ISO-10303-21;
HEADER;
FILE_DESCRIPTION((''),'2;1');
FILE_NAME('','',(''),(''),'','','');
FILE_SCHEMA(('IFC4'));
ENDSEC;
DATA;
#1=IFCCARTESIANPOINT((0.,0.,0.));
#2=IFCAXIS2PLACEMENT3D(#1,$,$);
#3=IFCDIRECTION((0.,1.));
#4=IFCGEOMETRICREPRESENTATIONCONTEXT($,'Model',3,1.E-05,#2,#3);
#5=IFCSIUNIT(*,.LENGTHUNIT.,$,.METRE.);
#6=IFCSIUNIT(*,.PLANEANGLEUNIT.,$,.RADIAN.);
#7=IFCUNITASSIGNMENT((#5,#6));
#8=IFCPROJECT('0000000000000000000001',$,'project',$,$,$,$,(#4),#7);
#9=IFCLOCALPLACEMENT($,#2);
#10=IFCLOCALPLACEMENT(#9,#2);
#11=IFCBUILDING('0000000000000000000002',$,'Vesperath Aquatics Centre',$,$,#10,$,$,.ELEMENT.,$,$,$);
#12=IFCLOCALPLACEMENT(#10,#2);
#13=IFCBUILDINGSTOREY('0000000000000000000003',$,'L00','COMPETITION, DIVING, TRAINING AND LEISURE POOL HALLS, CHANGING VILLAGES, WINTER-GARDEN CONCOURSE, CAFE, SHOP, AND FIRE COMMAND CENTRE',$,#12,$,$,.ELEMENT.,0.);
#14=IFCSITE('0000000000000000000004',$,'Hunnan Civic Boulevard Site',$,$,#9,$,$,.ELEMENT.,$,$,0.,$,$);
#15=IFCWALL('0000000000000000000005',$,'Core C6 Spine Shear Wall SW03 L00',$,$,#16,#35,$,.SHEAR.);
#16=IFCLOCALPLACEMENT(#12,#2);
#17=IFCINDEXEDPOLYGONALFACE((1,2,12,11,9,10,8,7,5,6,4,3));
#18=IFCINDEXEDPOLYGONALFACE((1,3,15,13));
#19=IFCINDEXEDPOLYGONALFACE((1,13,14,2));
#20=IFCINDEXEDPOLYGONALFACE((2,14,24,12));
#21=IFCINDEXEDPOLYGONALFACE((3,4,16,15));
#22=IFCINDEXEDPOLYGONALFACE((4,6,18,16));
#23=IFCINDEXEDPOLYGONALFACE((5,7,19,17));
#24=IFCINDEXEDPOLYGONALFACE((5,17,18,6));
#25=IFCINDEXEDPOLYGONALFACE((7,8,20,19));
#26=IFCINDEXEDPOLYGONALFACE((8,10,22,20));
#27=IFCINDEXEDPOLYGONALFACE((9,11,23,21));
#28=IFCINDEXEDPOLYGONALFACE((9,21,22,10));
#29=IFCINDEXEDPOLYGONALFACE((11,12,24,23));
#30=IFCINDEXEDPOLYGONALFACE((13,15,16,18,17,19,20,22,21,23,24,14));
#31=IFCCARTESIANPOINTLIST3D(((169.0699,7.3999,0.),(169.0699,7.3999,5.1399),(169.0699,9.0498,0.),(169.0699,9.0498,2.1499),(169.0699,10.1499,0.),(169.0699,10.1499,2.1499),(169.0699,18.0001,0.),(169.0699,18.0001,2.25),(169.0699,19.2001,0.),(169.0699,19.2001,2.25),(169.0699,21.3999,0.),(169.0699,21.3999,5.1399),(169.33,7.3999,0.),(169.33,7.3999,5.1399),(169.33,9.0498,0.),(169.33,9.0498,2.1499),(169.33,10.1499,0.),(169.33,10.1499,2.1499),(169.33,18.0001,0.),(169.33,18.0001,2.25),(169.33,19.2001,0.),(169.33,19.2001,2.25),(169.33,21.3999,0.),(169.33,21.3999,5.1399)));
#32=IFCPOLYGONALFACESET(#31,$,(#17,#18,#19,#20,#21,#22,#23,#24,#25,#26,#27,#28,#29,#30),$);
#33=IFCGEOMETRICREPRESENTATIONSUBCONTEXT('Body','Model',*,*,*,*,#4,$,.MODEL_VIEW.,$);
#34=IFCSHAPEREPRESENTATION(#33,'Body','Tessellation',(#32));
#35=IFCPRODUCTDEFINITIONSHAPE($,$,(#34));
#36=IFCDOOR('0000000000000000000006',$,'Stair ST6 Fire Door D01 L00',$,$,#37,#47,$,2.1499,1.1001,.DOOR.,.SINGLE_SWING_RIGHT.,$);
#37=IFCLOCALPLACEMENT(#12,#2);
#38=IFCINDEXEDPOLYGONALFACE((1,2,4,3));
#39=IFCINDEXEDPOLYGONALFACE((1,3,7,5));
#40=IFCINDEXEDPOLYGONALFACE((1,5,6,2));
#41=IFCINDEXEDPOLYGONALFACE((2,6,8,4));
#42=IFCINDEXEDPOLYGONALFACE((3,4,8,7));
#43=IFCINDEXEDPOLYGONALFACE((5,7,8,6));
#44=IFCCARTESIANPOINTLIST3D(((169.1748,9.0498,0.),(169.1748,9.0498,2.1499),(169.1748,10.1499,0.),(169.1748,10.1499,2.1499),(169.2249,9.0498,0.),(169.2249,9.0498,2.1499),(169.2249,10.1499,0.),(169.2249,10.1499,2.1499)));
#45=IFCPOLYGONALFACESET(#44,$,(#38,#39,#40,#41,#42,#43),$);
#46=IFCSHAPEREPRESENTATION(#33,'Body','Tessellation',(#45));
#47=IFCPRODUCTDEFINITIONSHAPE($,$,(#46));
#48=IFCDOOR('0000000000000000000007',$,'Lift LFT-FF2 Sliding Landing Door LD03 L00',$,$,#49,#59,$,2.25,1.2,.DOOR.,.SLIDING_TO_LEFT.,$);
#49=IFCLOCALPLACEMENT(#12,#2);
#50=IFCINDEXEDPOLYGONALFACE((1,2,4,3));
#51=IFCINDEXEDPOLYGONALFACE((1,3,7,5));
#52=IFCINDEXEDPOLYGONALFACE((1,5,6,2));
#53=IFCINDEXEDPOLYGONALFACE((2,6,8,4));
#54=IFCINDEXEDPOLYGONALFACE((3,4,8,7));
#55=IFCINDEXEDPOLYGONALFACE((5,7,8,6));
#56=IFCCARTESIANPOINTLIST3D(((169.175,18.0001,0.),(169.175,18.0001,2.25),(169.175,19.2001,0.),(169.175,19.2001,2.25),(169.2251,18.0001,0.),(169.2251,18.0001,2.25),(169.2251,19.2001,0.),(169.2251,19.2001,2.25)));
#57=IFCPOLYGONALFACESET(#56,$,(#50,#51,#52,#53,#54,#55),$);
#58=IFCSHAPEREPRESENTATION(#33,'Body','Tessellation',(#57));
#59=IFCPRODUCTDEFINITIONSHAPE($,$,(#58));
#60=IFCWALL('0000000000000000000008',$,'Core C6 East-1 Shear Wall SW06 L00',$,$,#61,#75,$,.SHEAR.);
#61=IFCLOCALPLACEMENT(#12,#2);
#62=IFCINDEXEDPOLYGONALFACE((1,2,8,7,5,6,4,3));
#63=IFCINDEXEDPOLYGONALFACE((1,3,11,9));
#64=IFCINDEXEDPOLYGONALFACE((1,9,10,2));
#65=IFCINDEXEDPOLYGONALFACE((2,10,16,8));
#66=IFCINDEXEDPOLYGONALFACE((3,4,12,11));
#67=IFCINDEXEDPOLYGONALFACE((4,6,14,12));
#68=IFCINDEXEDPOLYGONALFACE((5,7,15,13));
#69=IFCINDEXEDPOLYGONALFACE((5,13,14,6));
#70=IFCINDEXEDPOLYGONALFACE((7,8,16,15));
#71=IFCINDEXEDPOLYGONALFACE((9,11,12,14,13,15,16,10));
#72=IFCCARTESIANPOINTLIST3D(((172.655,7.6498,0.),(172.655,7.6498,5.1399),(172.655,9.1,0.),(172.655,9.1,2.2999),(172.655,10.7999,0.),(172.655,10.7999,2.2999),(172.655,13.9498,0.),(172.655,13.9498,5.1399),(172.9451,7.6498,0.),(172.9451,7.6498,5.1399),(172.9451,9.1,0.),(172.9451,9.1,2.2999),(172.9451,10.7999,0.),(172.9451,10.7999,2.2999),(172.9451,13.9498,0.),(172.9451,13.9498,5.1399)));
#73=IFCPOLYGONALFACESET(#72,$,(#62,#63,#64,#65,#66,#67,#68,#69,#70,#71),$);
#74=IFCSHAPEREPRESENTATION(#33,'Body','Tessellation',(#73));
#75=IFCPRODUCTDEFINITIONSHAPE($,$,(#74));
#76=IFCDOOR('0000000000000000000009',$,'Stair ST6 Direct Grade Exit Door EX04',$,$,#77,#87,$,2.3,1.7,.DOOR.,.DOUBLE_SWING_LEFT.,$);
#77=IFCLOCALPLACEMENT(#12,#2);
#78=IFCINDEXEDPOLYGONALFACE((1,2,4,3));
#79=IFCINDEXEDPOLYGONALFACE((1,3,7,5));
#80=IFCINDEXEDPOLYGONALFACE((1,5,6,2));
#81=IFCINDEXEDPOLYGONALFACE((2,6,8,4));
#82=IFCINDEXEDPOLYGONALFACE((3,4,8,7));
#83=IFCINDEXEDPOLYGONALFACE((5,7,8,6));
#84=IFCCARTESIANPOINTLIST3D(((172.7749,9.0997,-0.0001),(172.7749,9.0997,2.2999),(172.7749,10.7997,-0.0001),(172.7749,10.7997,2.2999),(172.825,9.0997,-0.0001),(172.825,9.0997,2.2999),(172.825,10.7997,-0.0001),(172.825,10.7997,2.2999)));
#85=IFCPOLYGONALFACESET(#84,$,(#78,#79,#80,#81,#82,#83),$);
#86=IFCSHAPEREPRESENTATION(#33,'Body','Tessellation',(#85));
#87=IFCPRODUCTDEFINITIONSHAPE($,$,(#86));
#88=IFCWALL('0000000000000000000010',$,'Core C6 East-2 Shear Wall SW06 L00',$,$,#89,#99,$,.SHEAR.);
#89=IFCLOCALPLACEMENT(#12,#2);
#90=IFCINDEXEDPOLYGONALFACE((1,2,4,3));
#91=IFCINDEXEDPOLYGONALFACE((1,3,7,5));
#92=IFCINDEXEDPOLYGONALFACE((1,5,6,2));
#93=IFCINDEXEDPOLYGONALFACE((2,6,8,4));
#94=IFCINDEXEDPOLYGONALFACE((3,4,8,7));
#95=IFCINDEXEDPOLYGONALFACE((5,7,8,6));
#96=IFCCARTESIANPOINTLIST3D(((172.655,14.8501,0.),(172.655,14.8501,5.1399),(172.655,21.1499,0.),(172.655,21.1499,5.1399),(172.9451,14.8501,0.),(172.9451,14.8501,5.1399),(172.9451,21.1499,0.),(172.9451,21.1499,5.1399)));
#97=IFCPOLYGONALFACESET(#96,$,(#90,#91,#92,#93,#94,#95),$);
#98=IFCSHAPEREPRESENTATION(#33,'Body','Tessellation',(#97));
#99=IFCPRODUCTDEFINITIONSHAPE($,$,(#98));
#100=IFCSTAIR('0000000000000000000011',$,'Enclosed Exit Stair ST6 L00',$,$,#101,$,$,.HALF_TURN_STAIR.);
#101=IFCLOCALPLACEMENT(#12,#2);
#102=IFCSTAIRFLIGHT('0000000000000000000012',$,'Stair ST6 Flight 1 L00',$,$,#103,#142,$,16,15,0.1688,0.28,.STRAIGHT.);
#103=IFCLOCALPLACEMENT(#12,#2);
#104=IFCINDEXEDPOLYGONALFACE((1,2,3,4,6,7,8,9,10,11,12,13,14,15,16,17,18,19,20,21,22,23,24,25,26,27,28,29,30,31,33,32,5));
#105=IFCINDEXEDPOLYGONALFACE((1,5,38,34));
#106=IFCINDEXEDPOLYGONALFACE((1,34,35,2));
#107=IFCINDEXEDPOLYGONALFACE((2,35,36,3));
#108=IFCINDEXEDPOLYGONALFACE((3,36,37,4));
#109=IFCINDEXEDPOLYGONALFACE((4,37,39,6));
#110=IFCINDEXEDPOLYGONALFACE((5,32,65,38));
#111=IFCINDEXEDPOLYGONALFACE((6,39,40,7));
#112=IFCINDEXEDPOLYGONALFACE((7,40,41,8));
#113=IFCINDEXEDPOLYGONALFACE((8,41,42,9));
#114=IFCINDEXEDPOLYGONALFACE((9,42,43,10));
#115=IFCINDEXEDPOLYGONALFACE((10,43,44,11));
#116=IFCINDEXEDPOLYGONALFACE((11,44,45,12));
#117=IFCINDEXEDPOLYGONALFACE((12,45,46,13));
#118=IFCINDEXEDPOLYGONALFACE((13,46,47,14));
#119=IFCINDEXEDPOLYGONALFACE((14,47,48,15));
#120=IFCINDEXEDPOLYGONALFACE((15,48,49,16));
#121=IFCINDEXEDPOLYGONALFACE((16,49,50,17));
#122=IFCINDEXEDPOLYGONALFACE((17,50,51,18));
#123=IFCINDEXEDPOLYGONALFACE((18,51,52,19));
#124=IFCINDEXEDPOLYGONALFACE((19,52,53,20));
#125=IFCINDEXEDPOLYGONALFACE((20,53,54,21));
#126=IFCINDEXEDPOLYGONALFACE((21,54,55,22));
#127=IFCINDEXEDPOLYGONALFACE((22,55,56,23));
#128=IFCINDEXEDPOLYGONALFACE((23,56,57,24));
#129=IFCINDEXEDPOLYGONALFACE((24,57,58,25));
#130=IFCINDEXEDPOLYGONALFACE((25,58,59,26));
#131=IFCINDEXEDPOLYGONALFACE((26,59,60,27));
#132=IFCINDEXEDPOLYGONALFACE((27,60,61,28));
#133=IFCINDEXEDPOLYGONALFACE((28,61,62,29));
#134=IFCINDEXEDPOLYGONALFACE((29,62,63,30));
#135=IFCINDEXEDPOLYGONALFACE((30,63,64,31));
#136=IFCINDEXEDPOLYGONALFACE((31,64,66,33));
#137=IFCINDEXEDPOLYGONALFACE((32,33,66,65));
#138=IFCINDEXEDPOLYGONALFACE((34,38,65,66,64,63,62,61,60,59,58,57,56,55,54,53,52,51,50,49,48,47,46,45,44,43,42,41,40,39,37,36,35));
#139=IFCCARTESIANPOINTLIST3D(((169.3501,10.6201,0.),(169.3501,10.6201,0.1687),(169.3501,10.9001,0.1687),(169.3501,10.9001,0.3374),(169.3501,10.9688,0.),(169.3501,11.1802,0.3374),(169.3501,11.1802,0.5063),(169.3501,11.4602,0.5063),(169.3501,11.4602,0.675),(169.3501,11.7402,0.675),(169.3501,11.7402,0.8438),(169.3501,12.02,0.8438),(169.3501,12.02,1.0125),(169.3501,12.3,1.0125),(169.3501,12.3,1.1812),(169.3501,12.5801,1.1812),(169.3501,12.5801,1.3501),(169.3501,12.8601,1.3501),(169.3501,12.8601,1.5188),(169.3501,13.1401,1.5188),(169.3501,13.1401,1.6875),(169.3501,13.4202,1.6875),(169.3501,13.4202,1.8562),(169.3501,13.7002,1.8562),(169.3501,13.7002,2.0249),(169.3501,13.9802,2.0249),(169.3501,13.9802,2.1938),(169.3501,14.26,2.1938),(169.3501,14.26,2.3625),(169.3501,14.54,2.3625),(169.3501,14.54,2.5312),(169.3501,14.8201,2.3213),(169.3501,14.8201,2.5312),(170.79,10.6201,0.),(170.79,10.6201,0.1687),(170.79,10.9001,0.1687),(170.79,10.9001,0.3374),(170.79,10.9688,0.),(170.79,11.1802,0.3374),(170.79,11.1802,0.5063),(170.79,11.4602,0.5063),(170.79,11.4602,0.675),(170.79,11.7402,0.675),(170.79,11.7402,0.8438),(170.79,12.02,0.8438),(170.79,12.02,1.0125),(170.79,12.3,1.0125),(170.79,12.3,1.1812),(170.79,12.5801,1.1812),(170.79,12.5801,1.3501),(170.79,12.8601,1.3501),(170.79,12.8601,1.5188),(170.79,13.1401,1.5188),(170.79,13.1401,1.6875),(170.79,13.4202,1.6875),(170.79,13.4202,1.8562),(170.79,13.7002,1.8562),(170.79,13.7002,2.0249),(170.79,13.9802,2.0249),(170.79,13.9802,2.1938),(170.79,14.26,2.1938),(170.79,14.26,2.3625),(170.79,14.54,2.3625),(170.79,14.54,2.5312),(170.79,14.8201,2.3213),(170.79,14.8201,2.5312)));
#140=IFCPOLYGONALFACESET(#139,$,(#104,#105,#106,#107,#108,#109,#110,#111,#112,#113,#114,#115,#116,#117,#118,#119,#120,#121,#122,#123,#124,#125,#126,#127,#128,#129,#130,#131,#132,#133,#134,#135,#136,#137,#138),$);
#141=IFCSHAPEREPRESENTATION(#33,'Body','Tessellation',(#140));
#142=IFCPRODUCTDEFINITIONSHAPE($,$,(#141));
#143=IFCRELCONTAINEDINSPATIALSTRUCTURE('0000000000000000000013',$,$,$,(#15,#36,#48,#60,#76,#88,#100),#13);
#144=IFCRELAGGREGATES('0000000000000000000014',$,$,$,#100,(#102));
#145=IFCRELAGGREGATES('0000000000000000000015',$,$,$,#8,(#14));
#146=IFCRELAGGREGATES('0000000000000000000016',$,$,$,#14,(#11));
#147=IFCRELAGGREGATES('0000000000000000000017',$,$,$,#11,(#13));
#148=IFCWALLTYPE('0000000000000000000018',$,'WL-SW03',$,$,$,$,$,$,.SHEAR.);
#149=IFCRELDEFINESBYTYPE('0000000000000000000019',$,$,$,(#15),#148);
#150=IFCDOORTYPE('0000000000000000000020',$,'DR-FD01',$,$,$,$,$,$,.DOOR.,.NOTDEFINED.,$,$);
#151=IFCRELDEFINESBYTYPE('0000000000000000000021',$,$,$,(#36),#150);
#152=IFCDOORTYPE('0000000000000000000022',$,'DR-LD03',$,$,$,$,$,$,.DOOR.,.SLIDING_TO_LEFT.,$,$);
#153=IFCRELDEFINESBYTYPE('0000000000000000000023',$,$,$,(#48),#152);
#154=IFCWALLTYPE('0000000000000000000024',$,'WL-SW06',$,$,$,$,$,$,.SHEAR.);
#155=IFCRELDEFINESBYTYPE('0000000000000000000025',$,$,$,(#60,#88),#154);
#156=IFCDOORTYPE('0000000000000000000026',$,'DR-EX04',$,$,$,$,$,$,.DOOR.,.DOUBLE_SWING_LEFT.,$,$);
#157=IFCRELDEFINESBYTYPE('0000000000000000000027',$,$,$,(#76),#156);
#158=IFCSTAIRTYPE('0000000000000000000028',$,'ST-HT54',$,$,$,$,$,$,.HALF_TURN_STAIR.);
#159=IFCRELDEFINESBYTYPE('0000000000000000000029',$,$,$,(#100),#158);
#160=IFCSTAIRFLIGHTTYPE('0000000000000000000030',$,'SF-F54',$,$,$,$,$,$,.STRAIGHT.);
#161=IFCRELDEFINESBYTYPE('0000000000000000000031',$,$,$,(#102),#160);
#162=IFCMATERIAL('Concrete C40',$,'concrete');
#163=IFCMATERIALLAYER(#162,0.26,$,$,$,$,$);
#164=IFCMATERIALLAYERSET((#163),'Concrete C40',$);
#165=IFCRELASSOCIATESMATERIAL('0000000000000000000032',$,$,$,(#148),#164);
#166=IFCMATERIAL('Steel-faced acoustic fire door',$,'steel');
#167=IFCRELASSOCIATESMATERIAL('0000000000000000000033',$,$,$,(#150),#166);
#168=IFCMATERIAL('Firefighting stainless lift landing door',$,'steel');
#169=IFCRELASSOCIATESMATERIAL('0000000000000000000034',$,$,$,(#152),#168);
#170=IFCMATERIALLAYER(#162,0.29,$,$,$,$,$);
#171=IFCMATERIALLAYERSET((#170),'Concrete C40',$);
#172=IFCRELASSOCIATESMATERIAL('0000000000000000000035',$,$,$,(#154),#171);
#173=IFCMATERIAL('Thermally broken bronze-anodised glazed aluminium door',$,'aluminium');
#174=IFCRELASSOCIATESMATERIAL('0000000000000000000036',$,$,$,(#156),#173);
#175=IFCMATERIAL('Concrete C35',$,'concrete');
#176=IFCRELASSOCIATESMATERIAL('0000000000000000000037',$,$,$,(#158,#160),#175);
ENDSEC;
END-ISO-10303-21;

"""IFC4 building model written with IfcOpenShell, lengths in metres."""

from ifc_helpers import new_model, si_unit, direction, frame, frame_2d, origin, place, context, subcontext, project, spatial, polyline, rectangle, outline, extrude, material, layer, layer_set, type_object, element, fill, aggregate, save


model = new_model("IFC4")

# Units and contexts
model_context = context("Model", 3, precision=1e-05, world=origin(), true_north=direction((0.0, 1.0)))
body_context = subcontext(model_context, "Body", "Model", "MODEL_VIEW")
ifc_project = project(units=[si_unit("LENGTHUNIT", "METRE"), si_unit("PLANEANGLEUNIT", "RADIAN")], contexts=[model_context])

# Site, building, storey
site_placement = place(None, origin())
site = spatial("IfcSite", under=ifc_project, at=site_placement, Name="Hunnan Civic Boulevard Site", CompositionType="ELEMENT", RefElevation=0.0)
building_placement = place(site_placement, origin())
building = spatial("IfcBuilding", under=site, at=building_placement, Name="Vesperath Aquatics Centre", CompositionType="ELEMENT")
storey_placement = place(building_placement, origin())
storey = spatial("IfcBuildingStorey", under=building, at=storey_placement, Name="L00", Description="COMPETITION, DIVING, TRAINING AND LEISURE POOL HALLS, CHANGING VILLAGES, WINTER-GARDEN CONCOURSE, CAFE, SHOP, AND FIRE COMMAND CENTRE", CompositionType="ELEMENT", Elevation=0.0)

# Shared definitions
ifc_material_1 = material(Name="Concrete C40", Category="concrete")

# Shared definitions
ifc_material_2 = material(Name="Concrete C35", Category="concrete")

# Wall, openings, doors
ifc_layer_1 = layer(ifc_material_1, 0.26)
ifc_layer_set_1 = layer_set([ifc_layer_1], Name="Concrete C40")
wall_type_1 = type_object("IfcWallType", Name="WL-SW03", PredefinedType="SHEAR", material=ifc_layer_set_1)
wall_1_placement = place(storey_placement, frame((169.2, 7.3999, 0.0), z_axis=(0.0, 0.0, 1.0), x_axis=(0.0, 1.0, 0.0)))
wall_1 = element("IfcWall", 1, at=wall_1_placement, inside=storey, type_object=wall_type_1, Name="Core C6 Spine Shear Wall SW03 L00", PredefinedType="SHEAR", context=body_context, shape_type="SweptSolid", body=[
    extrude(rectangle(XDim=14.0, YDim=0.26, at=frame_2d((7.0, 0.0))), origin(), (0.0, 0.0, 1.0), 5.1399),
])
opening_1_placement = place(wall_1_placement, frame((1.6499, 0.0, 0.0)))
opening_1 = element("IfcOpeningElement", 2, at=opening_1_placement, cuts=wall_1, PredefinedType="OPENING", context=body_context, shape_type="SweptSolid", body=[
    extrude(rectangle(XDim=1.1001, YDim=2.1499, at=frame_2d((0.55, 1.075))), frame((0.0, 0.145, 0.0), z_axis=(0.0, -1.0, 0.0), x_axis=(1.0, 0.0, 0.0)), (0.0, 0.0, 1.0), 0.2898),
])
opening_2_placement = place(wall_1_placement, frame((10.6001, 0.0, 0.0)))
opening_2 = element("IfcOpeningElement", 3, at=opening_2_placement, cuts=wall_1, PredefinedType="OPENING", context=body_context, shape_type="SweptSolid", body=[
    extrude(rectangle(XDim=1.2, YDim=2.25, at=frame_2d((0.6001, 1.125))), frame((0.0, 0.145, 0.0), z_axis=(0.0, -1.0, 0.0), x_axis=(1.0, 0.0, 0.0)), (0.0, 0.0, 1.0), 0.2898),
])
ifc_material_3 = material(Name="Steel-faced acoustic fire door", Category="steel")
door_type_1 = type_object("IfcDoorType", Name="DR-FD01", OperationType="NOTDEFINED", PredefinedType="DOOR", material=ifc_material_3)
door_1_placement = place(opening_1_placement, frame((1.1001, 0.0, 0.0), z_axis=(0.0, 0.0, 1.0), x_axis=(-1.0, 0.0, 0.0)))
door_1 = element("IfcDoor", 4, at=door_1_placement, inside=storey, type_object=door_type_1, Name="Stair ST6 Fire Door D01 L00", OperationType="SINGLE_SWING_RIGHT", OverallHeight=2.1499, OverallWidth=1.1001, PredefinedType="DOOR", context=body_context, shape_type="SweptSolid", body=[
    extrude(rectangle(XDim=1.1001, YDim=2.1499, at=frame_2d((0.55, 1.075))), frame((0.0, 0.0249, 0.0), z_axis=(0.0, -1.0, 0.0), x_axis=(1.0, 0.0, 0.0)), (0.0, 0.0, 1.0), 0.05),
])
fill(opening_1, door_1)
ifc_material_4 = material(Name="Firefighting stainless lift landing door", Category="steel")
door_type_2 = type_object("IfcDoorType", Name="DR-LD03", OperationType="SLIDING_TO_LEFT", PredefinedType="DOOR", material=ifc_material_4)
door_2_placement = place(opening_2_placement, origin())
door_2 = element("IfcDoor", 5, at=door_2_placement, inside=storey, type_object=door_type_2, Name="Lift LFT-FF2 Sliding Landing Door LD03 L00", OperationType="SLIDING_TO_LEFT", OverallHeight=2.25, OverallWidth=1.2, PredefinedType="DOOR", context=body_context, shape_type="SweptSolid", body=[
    extrude(rectangle(XDim=1.2, YDim=2.25, at=frame_2d((0.6001, 1.125))), frame((0.0, 0.0249, 0.0), z_axis=(0.0, -1.0, 0.0), x_axis=(1.0, 0.0, 0.0)), (0.0, 0.0, 1.0), 0.05),
])
fill(opening_2, door_2)

# Wall, opening, door
ifc_layer_2 = layer(ifc_material_1, 0.29)
ifc_layer_set_2 = layer_set([ifc_layer_2], Name="Concrete C40")
wall_type_2 = type_object("IfcWallType", Name="WL-SW06", PredefinedType="SHEAR", material=ifc_layer_set_2)
wall_2_placement = place(storey_placement, frame((172.8, 7.6499, 0.0), z_axis=(0.0, 0.0, 1.0), x_axis=(0.0, 1.0, 0.0)))
wall_2 = element("IfcWall", 6, at=wall_2_placement, inside=storey, type_object=wall_type_2, Name="Core C6 East-1 Shear Wall SW06 L00", PredefinedType="SHEAR", context=body_context, shape_type="SweptSolid", body=[
    extrude(rectangle(XDim=6.3, YDim=0.29, at=frame_2d((3.1499, 0.0))), origin(), (0.0, 0.0, 1.0), 5.1399),
])
opening_3_placement = place(wall_2_placement, frame((1.45, 0.0, 0.0)))
opening_3 = element("IfcOpeningElement", 7, at=opening_3_placement, cuts=wall_2, PredefinedType="OPENING", context=body_context, shape_type="SweptSolid", body=[
    extrude(rectangle(XDim=1.7, YDim=2.3, at=frame_2d((0.8501, 1.1499))), frame((0.0, 0.1599, 0.0), z_axis=(0.0, -1.0, 0.0), x_axis=(1.0, 0.0, 0.0)), (0.0, 0.0, 1.0), 0.3198),
])
ifc_material_5 = material(Name="Thermally broken bronze-anodised glazed aluminium door", Category="aluminium")
door_type_3 = type_object("IfcDoorType", Name="DR-EX04", OperationType="DOUBLE_SWING_LEFT", PredefinedType="DOOR", material=ifc_material_5)
door_3_placement = place(opening_3_placement, frame((1.7, 0.0, 0.0), z_axis=(0.0, 0.0, 1.0), x_axis=(-1.0, 0.0, 0.0)))
door_3 = element("IfcDoor", 8, at=door_3_placement, inside=storey, type_object=door_type_3, Name="Stair ST6 Direct Grade Exit Door EX04", OperationType="DOUBLE_SWING_LEFT", OverallHeight=2.3, OverallWidth=1.7, PredefinedType="DOOR", context=body_context, shape_type="SweptSolid", body=[
    extrude(rectangle(XDim=1.7, YDim=2.3, at=frame_2d((0.8501, 1.1499))), frame((0.0, 0.0249, 0.0), z_axis=(0.0, -1.0, 0.0), x_axis=(1.0, 0.0, 0.0)), (0.0, 0.0, 1.0), 0.05),
])
fill(opening_3, door_3)

# Wall
wall_3_placement = place(storey_placement, frame((172.8, 14.8501, 0.0), z_axis=(0.0, 0.0, 1.0), x_axis=(0.0, 1.0, 0.0)))
element("IfcWall", 9, at=wall_3_placement, inside=storey, type_object=wall_type_2, Name="Core C6 East-2 Shear Wall SW06 L00", PredefinedType="SHEAR", context=body_context, shape_type="SweptSolid", body=[
    extrude(rectangle(XDim=6.2998, YDim=0.29, at=frame_2d((3.1499, 0.0))), origin(), (0.0, 0.0, 1.0), 5.1399),
])

# Stair, stair flight
stair_type = type_object("IfcStairType", Name="ST-HT54", PredefinedType="HALF_TURN_STAIR", material=ifc_material_2)
stair_placement = place(storey_placement, origin())
stair = element("IfcStair", 10, at=stair_placement, inside=storey, type_object=stair_type, Name="Enclosed Exit Stair ST6 L00", PredefinedType="HALF_TURN_STAIR")
stair_flight_type = type_object("IfcStairFlightType", Name="SF-F54", PredefinedType="STRAIGHT", material=ifc_material_2)
stair_flight_1_placement = place(storey_placement, frame((170.0701, 10.6201, 0.0), z_axis=(0.0, 0.0, 1.0), x_axis=(0.0, 1.0, 0.0)))
stair_flight_1 = element("IfcStairFlight", 11, at=stair_flight_1_placement, type_object=stair_flight_type, Name="Stair ST6 Flight 1 L00", NumberOfRisers=16, NumberOfTreads=15, PredefinedType="STRAIGHT", RiserHeight=0.1688, TreadLength=0.28, context=body_context, shape_type="SweptSolid", body=[
    extrude(outline(polyline([(0.0, 0.0), (0.0, 0.1687), (0.28, 0.1687), (0.28, 0.3374), (0.5601, 0.3374), (0.5601, 0.5063), (0.8401, 0.5063), (0.8401, 0.675), (1.1201, 0.675), (1.1201, 0.8438), (1.3999, 0.8438), (1.3999, 1.0125), (1.6799, 1.0125), (1.6799, 1.1812), (1.96, 1.1812), (1.96, 1.3501), (2.24, 1.3501), (2.24, 1.5188), (2.52, 1.5188), (2.52, 1.6875), (2.8, 1.6875), (2.8, 1.8562), (3.0801, 1.8562), (3.0801, 2.0249), (3.3601, 2.0249), (3.3601, 2.1938), (3.6399, 2.1938), (3.6399, 2.3625), (3.9199, 2.3625), (3.9199, 2.5312), (4.2, 2.5312), (4.2, 2.7), (4.2, 2.3213), (0.3486, 0.0), (0.0, 0.0)])), frame((0.0, 0.72, 0.0), z_axis=(0.0, -1.0, 0.0), x_axis=(1.0, 0.0, 0.0)), (0.0, 0.0, 1.0), 1.4399),
])
aggregate(stair, [stair_flight_1])

save(model, "model.ifc")
